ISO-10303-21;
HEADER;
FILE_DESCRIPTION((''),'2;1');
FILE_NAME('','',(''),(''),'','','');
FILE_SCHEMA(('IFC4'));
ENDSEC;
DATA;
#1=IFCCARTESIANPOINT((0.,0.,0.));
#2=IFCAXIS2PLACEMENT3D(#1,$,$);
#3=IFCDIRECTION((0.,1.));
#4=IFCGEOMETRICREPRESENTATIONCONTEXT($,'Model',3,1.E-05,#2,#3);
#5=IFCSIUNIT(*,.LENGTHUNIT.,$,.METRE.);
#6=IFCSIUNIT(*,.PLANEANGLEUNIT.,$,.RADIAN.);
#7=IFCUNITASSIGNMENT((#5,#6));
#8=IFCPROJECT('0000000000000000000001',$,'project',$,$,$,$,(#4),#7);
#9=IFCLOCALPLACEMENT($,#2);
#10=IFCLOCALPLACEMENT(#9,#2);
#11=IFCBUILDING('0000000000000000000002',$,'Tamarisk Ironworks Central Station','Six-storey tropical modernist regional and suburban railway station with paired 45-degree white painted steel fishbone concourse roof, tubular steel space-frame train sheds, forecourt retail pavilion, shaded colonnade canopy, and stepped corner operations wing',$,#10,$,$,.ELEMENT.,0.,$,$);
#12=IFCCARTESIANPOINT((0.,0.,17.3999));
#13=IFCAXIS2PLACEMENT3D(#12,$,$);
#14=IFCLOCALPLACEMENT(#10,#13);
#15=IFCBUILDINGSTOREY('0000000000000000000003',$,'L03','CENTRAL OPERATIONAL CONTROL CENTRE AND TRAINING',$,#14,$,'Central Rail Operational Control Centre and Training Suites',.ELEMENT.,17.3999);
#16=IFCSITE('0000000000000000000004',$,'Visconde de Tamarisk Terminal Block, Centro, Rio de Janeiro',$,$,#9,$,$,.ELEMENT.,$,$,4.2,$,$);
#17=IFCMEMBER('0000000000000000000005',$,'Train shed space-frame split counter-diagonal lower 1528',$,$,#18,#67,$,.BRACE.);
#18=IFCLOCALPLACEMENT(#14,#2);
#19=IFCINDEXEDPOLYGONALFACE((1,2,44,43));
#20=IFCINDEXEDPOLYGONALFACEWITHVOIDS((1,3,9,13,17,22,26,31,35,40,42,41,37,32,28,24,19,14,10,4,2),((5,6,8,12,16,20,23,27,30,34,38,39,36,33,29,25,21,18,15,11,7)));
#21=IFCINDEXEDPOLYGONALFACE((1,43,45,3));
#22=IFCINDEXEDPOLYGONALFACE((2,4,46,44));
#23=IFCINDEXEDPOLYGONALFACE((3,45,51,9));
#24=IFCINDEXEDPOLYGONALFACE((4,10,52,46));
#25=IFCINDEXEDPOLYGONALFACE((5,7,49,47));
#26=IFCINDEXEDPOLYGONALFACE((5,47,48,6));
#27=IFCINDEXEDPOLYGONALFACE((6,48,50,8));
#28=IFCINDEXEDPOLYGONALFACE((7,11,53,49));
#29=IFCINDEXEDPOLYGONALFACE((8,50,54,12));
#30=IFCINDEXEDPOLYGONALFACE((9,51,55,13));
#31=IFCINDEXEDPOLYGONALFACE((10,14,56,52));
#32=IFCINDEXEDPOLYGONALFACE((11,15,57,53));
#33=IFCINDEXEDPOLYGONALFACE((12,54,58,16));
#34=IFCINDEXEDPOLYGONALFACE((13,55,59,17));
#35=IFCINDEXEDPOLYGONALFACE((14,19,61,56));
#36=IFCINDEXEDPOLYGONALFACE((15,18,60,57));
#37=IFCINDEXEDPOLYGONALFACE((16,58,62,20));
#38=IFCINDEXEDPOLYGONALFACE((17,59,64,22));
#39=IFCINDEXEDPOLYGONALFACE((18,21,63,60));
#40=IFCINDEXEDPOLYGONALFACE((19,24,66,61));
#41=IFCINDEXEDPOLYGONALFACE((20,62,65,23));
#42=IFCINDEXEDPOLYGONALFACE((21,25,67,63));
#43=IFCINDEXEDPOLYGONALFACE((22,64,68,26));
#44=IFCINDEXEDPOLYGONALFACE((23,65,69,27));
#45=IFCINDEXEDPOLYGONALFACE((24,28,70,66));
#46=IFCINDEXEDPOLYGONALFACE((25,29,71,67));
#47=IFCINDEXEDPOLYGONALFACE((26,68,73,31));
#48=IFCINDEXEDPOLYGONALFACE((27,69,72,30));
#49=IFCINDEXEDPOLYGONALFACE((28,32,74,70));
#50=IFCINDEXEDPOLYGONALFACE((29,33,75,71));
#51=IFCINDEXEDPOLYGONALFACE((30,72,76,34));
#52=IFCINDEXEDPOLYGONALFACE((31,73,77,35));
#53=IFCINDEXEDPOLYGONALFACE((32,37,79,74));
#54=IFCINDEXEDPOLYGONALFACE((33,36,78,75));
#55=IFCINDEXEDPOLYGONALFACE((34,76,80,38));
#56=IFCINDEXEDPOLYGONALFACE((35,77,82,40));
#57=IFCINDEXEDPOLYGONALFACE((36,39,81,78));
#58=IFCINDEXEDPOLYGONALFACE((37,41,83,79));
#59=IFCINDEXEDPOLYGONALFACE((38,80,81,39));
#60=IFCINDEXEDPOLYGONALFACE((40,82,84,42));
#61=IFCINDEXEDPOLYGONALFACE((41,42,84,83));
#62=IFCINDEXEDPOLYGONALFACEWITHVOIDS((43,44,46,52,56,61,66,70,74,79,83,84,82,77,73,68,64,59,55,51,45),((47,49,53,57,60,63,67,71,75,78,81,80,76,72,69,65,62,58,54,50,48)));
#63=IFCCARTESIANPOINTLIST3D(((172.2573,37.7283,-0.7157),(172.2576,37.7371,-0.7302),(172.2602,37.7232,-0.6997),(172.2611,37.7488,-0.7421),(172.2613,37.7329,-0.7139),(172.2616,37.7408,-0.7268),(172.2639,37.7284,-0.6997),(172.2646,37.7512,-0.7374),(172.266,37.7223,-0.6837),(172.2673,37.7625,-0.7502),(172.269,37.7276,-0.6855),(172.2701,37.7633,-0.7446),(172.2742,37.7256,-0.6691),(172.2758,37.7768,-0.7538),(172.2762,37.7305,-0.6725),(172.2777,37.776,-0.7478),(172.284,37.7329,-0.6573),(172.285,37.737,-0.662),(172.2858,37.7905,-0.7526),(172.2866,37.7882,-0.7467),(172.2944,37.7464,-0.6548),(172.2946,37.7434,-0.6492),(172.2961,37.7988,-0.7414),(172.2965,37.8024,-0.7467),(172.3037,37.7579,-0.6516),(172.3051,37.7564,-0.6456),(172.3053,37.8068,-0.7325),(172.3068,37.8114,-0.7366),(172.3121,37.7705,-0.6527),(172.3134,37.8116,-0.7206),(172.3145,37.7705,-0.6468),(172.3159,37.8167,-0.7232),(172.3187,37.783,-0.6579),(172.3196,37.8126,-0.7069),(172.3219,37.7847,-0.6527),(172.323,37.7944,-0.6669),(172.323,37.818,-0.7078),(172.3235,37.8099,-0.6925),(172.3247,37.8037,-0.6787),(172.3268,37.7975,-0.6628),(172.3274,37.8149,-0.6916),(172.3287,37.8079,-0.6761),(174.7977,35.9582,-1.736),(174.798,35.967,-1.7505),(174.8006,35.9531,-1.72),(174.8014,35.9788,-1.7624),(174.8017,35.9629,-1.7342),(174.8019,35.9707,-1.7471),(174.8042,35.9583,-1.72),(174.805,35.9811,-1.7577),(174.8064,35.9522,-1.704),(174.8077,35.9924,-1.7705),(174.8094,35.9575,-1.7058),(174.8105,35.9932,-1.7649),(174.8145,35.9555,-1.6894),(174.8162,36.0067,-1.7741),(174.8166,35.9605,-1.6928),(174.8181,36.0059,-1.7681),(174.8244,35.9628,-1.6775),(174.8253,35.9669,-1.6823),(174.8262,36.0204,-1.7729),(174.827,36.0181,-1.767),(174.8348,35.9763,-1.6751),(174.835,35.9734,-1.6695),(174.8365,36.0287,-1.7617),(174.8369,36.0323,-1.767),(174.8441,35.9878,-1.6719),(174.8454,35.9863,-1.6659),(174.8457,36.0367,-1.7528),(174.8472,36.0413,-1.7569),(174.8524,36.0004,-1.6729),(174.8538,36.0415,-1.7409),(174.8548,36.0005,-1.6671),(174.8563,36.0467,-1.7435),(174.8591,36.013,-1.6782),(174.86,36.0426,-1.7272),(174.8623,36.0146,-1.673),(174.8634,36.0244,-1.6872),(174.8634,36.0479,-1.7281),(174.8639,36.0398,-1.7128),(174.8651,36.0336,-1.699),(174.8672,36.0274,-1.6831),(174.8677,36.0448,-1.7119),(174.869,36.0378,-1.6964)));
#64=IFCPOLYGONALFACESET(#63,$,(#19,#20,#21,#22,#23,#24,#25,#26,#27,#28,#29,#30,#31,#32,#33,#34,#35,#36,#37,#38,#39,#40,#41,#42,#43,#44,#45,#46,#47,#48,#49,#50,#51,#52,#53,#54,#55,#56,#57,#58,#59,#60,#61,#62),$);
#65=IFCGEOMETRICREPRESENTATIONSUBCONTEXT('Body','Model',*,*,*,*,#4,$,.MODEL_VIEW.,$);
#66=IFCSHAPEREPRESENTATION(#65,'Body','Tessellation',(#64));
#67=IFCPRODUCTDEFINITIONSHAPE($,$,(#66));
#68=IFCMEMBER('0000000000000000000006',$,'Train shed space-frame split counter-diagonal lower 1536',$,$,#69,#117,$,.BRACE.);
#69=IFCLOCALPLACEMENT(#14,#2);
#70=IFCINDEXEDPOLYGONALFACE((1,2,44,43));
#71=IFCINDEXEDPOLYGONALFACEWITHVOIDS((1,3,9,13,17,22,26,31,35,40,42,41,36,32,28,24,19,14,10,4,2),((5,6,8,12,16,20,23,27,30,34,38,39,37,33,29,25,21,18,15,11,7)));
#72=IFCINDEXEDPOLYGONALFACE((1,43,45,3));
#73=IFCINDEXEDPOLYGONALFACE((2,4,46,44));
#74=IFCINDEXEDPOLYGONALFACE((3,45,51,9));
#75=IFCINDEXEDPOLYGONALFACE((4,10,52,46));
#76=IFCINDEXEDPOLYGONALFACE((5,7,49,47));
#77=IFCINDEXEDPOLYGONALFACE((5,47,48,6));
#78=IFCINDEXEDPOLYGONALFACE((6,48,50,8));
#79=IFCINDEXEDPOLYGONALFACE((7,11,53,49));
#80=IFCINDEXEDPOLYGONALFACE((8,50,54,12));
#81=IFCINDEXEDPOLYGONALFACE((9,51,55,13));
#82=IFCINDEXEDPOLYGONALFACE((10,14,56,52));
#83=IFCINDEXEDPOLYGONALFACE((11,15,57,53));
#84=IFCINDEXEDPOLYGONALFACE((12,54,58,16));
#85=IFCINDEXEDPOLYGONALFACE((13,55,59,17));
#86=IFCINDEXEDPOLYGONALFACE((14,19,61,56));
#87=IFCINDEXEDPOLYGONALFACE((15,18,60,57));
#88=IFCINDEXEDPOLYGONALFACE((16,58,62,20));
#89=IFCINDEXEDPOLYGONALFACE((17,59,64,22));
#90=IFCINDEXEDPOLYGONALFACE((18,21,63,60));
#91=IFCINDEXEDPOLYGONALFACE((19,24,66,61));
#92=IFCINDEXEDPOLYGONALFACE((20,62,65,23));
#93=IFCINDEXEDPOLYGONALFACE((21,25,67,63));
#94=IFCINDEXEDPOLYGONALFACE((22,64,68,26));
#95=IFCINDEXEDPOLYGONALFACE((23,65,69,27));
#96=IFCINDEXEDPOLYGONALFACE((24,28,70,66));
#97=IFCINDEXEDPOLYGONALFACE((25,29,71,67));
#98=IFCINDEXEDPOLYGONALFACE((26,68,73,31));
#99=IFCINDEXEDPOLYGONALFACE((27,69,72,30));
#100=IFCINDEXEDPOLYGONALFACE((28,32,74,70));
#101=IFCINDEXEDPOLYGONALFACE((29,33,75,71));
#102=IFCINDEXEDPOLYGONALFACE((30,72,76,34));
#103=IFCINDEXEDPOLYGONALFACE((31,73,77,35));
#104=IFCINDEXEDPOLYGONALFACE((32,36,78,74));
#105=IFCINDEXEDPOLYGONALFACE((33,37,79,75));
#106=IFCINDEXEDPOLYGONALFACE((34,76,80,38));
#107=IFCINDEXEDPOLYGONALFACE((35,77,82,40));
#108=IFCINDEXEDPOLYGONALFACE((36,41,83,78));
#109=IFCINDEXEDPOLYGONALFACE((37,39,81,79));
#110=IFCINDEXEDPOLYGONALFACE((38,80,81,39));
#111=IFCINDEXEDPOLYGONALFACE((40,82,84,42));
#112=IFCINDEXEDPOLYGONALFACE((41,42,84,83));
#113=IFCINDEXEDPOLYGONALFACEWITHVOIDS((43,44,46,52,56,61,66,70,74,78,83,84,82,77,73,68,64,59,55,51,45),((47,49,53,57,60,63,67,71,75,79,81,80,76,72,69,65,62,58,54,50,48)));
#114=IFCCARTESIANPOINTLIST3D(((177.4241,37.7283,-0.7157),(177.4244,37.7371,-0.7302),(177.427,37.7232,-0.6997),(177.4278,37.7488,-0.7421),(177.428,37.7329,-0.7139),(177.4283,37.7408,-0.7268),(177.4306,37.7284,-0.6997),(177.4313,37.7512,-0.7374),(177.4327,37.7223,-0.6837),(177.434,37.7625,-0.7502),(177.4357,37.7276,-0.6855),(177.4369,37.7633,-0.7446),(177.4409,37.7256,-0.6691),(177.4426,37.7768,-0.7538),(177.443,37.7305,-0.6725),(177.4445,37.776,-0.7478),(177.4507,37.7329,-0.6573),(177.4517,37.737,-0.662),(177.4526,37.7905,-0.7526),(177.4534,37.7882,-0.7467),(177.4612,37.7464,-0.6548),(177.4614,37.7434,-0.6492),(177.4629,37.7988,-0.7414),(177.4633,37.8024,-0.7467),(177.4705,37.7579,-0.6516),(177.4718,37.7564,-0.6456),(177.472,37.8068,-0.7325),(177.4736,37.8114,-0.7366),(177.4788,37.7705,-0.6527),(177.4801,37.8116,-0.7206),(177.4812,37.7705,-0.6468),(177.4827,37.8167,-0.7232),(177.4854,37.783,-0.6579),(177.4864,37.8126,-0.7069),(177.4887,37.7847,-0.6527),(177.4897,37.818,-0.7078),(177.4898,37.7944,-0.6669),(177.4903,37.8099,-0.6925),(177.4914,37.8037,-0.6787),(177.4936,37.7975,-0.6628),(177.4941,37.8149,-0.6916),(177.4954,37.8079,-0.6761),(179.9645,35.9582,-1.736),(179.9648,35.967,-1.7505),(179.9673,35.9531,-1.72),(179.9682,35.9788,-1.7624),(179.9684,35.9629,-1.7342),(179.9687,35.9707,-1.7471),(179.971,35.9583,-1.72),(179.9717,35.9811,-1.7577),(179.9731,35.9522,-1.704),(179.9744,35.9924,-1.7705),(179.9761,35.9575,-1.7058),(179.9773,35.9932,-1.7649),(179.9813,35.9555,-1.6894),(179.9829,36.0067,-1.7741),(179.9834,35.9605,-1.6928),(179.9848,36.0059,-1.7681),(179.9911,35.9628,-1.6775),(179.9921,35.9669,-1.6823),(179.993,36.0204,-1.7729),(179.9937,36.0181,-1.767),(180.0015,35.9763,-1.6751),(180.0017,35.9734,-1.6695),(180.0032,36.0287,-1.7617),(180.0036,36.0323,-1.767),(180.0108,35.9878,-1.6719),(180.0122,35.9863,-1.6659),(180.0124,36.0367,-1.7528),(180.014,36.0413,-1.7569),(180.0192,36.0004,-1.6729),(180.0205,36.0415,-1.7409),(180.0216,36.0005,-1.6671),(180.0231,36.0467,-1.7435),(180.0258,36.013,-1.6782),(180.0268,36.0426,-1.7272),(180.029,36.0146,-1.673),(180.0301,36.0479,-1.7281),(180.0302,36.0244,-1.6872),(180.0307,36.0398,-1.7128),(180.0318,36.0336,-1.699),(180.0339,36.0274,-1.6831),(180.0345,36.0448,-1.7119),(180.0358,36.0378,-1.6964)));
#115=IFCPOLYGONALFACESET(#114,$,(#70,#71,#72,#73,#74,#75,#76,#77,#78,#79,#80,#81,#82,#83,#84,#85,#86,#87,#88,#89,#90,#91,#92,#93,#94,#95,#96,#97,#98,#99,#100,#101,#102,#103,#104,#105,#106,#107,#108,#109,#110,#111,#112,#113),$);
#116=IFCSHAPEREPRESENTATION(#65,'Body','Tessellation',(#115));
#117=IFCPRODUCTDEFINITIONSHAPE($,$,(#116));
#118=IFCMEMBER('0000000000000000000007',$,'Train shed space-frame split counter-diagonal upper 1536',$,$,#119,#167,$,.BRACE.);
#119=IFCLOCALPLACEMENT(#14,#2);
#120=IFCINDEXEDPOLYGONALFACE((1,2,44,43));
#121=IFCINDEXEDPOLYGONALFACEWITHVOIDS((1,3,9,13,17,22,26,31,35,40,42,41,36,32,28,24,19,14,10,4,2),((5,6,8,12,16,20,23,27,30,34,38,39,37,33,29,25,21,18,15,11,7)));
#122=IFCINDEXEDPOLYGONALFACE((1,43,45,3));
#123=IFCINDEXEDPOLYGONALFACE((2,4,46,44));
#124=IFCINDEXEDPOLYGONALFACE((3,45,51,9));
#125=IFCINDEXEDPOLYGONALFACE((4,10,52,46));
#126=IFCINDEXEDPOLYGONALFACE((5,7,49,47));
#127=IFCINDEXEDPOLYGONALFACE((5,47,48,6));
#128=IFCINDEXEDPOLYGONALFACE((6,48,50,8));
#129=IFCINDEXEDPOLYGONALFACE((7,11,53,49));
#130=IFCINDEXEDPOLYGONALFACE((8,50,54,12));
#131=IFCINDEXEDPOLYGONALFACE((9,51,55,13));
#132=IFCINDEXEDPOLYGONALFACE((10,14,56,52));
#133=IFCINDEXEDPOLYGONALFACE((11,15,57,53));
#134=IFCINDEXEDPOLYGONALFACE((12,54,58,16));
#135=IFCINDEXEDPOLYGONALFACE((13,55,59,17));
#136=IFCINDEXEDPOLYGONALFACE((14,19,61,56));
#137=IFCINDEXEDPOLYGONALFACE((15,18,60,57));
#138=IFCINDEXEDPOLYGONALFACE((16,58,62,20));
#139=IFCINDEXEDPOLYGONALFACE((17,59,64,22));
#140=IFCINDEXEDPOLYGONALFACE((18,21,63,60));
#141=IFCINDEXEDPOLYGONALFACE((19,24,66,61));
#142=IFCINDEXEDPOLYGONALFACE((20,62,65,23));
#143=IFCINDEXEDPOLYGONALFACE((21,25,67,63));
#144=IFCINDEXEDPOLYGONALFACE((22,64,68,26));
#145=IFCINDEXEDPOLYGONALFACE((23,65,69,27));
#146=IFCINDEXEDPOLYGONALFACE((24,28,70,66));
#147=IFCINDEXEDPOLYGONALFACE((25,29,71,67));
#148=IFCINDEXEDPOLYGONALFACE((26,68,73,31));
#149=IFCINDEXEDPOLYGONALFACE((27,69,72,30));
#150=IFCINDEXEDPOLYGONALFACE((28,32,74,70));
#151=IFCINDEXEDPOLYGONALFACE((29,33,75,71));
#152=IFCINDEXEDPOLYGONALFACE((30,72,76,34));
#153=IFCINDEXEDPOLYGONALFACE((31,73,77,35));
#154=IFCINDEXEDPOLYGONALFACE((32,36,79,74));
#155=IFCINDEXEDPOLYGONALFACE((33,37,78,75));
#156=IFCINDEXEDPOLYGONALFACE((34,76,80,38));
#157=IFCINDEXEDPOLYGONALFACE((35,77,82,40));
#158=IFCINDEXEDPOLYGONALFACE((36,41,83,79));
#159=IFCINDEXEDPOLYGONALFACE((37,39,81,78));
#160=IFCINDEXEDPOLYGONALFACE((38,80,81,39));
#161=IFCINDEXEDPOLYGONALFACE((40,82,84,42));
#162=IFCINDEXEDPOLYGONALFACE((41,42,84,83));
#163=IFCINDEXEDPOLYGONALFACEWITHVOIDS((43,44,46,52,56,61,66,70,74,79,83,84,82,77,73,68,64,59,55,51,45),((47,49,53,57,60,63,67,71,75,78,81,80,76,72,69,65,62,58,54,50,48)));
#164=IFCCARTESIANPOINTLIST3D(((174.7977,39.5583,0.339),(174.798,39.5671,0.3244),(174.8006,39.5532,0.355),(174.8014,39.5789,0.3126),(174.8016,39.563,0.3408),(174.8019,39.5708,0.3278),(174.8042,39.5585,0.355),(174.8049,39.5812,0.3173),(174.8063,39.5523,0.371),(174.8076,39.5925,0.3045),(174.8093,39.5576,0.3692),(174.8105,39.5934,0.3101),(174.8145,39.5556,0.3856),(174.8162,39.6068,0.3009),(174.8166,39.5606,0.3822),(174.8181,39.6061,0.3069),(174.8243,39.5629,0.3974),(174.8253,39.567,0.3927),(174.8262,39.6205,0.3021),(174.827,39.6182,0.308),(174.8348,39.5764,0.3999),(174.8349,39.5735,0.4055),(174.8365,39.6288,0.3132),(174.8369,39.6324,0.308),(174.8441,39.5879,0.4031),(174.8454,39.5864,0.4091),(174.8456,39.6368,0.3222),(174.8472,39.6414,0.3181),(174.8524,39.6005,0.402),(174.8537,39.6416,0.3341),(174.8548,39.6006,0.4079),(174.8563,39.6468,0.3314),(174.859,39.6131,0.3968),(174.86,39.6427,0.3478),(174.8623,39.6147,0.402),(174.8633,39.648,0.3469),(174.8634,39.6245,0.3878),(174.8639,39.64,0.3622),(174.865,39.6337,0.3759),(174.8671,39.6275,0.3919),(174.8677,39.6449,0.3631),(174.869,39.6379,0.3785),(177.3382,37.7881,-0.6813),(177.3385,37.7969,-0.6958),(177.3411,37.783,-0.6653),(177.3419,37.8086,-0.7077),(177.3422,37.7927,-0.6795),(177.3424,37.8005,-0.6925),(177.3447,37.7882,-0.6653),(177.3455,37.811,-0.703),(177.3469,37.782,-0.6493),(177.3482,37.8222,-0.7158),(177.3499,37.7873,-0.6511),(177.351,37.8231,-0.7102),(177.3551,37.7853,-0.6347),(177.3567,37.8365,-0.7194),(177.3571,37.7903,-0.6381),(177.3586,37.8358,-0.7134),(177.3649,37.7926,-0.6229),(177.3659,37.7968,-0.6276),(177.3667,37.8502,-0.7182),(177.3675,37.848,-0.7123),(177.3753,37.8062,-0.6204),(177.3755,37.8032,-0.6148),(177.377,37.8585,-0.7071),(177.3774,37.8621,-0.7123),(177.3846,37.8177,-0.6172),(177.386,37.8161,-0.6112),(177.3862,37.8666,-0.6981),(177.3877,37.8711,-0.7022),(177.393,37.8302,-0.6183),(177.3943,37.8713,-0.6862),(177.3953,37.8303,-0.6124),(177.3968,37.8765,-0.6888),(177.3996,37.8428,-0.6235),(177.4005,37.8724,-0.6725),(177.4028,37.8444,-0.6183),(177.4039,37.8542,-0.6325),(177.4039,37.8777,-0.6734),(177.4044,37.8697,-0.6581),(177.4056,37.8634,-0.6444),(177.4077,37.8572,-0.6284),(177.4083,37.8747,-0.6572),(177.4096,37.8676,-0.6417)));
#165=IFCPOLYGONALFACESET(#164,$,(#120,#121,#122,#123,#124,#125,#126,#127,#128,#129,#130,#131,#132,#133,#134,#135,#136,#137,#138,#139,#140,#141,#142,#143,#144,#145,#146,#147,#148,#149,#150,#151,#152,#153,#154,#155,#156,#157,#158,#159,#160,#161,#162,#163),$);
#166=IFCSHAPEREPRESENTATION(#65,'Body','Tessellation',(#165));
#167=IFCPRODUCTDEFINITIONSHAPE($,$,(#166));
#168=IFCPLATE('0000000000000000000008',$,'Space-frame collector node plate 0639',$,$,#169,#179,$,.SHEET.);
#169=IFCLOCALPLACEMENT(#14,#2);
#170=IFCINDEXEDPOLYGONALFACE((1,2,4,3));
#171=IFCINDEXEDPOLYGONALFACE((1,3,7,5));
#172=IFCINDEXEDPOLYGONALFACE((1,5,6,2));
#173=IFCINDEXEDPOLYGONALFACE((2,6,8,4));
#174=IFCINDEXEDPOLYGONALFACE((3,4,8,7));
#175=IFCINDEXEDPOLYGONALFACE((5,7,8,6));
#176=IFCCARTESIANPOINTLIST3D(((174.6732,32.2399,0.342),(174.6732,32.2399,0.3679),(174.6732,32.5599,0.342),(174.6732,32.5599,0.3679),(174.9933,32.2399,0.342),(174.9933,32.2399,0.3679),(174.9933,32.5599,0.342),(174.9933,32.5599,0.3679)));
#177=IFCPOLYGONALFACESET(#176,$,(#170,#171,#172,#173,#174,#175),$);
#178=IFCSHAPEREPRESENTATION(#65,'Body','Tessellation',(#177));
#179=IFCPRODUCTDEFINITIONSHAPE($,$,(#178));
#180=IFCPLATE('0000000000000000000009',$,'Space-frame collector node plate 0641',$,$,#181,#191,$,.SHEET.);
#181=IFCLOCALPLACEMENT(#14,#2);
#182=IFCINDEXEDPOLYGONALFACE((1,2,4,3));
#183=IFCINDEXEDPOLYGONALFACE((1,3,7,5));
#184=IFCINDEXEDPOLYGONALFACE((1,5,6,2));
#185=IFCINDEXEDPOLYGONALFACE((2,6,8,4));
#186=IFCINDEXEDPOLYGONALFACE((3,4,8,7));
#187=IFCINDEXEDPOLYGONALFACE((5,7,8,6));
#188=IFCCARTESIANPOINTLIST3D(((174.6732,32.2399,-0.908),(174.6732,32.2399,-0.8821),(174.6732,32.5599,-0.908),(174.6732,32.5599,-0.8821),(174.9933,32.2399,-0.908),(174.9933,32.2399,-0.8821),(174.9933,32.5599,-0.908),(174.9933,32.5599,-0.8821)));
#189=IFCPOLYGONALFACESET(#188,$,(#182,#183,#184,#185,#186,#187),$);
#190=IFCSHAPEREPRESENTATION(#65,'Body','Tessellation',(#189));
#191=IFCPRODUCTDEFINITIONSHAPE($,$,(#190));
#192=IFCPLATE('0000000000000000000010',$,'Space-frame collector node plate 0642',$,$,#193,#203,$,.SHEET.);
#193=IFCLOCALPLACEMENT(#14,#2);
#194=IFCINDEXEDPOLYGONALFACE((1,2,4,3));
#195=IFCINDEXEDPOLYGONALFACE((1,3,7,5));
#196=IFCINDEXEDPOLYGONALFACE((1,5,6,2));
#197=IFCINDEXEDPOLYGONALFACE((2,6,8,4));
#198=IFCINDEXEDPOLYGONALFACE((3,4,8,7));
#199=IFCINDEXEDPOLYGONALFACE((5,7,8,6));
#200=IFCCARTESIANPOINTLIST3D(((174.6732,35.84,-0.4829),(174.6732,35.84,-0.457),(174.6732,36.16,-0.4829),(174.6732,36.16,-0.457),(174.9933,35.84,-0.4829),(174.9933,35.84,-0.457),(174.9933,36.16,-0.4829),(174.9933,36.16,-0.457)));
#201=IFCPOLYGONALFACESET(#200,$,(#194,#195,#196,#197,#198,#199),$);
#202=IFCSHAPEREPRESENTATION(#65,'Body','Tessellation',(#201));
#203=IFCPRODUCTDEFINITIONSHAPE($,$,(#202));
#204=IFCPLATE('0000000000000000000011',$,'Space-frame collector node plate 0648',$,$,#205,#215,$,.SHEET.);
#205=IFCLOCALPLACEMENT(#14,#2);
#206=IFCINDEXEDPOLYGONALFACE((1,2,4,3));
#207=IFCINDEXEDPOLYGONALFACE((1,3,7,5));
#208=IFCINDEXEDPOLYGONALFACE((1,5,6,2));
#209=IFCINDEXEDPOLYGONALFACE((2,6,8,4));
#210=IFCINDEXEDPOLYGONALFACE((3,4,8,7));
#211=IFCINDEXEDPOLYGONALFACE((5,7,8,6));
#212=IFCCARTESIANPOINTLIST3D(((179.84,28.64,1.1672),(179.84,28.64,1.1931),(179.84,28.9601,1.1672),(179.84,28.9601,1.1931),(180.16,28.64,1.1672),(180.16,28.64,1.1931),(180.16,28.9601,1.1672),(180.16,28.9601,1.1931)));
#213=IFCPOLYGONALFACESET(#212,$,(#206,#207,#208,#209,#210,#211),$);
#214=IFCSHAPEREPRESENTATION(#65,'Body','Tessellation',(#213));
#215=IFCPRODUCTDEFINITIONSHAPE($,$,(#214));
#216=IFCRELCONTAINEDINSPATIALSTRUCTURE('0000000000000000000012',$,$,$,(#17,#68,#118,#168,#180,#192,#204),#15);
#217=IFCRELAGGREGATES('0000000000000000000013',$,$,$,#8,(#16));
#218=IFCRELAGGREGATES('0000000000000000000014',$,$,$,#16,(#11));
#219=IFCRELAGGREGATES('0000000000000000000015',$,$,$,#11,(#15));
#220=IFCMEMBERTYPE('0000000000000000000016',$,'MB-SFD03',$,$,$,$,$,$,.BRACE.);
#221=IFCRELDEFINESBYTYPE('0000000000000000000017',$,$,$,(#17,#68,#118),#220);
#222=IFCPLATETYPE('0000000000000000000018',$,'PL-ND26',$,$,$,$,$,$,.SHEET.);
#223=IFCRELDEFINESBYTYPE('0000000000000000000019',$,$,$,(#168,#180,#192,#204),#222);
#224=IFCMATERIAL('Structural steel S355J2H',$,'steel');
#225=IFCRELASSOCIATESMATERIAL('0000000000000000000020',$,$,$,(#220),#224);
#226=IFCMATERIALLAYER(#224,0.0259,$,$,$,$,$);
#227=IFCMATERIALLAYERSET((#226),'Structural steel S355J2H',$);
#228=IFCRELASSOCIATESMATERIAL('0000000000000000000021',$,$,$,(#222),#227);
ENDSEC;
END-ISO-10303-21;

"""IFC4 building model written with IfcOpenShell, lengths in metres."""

from ifc_helpers import new_model, si_unit, direction, frame, origin, origin_2d, place, context, subcontext, project, spatial, rectangle, hollow_circle, extrude, material, layer, layer_set, material_profile, profile_set, type_object, element, save


model = new_model("IFC4")

# Units and contexts
model_context = context("Model", 3, precision=1e-05, world=origin(), true_north=direction((0.0, 1.0)))
body_context = subcontext(model_context, "Body", "Model", "MODEL_VIEW")
ifc_project = project(units=[si_unit("LENGTHUNIT", "METRE"), si_unit("PLANEANGLEUNIT", "RADIAN")], contexts=[model_context])

# Site, building, storey
site_placement = place(None, origin())
site = spatial("IfcSite", under=ifc_project, at=site_placement, Name="Visconde de Tamarisk Terminal Block, Centro, Rio de Janeiro", CompositionType="ELEMENT", RefElevation=4.2)
building_placement = place(site_placement, origin())
building = spatial("IfcBuilding", under=site, at=building_placement, Name="Tamarisk Ironworks Central Station", Description="Six-storey tropical modernist regional and suburban railway station with paired 45-degree white painted steel fishbone concourse roof, tubular steel space-frame train sheds, forecourt retail pavilion, shaded colonnade canopy, and stepped corner operations wing", CompositionType="ELEMENT", ElevationOfRefHeight=0.0)
storey_placement = place(building_placement, frame((0.0, 0.0, 17.3999)))
storey = spatial("IfcBuildingStorey", under=building, at=storey_placement, Name="L03", Description="CENTRAL OPERATIONAL CONTROL CENTRE AND TRAINING", LongName="Central Rail Operational Control Centre and Training Suites", CompositionType="ELEMENT", Elevation=17.3999)

# Members
ifc_material_1 = material(Name="Structural steel S355J2H", Category="steel")
ifc_material_profile_1 = material_profile(ifc_material_1, hollow_circle(Radius=0.0571, WallThickness=0.0063, at=origin_2d()), Name="CHS 114.3x6.3")
ifc_profile_set_1 = profile_set([ifc_material_profile_1], Name="Structural steel S355J2H")
member_type_1 = type_object("IfcMemberType", Name="MB-SFD03", PredefinedType="BRACE", material=ifc_profile_set_1)
for number, where, z_axis, x_axis, name in (
    (1, (174.8333, 36.0, -1.72), (-0.779252, 0.542967, 0.312974), (-0.571688, -0.820471, 0.0), "Train shed space-frame split counter-diagonal lower 1528"),
    (2, (180.0, 36.0, -1.72), (-0.779252, 0.542967, 0.312974), (-0.571688, -0.820471, 0.0), "Train shed space-frame split counter-diagonal lower 1536"),
):
    element("IfcMember", number, at=place(storey_placement, frame(where, z_axis=z_axis, x_axis=x_axis)), inside=storey, type_object=member_type_1, Name=name, PredefinedType="BRACE", context=body_context, shape_type="SweptSolid", body=[
        extrude(hollow_circle(Radius=0.0571, WallThickness=0.0063, at=origin_2d()), origin(), (0.0, 0.0, 1.0), 3.26),
    ])
member_1_placement = place(storey_placement, frame((177.3738, 37.8298, -0.6653), z_axis=(-0.77925, 0.542989, 0.312943), x_axis=(-0.571704, -0.82046, 0.0)))
element("IfcMember", 3, at=member_1_placement, inside=storey, type_object=member_type_1, Name="Train shed space-frame split counter-diagonal upper 1536", PredefinedType="BRACE", context=body_context, shape_type="SweptSolid", body=[
    extrude(hollow_circle(Radius=0.0571, WallThickness=0.0063, at=origin_2d()), origin(), (0.0, 0.0, 1.0), 3.2603),
])

# Plates
ifc_layer = layer(ifc_material_1, 0.0259)
ifc_layer_set = layer_set([ifc_layer], Name="Structural steel S355J2H")
plate_type = type_object("IfcPlateType", Name="PL-ND26", PredefinedType="SHEET", material=ifc_layer_set)
for number, where, z_axis, x_axis, name in (
    (4, (174.8333, 32.3999, 0.342), (0.0, 0.0, 1.0), (1.0, 0.0, 0.0), "Space-frame collector node plate 0639"),
    (5, (174.8333, 32.3999, -0.908), (0.0, 0.0, 1.0), (1.0, 0.0, 0.0), "Space-frame collector node plate 0641"),
    (6, (174.8333, 36.0, -0.4829), (0.0, 0.0, 1.0), (1.0, 0.0, 0.0), "Space-frame collector node plate 0642"),
    (7, (180.0, 28.8, 1.1672), (0.0, 0.0, 1.0), (1.0, 0.0, 0.0), "Space-frame collector node plate 0648"),
):
    element("IfcPlate", number, at=place(storey_placement, frame(where, z_axis=z_axis, x_axis=x_axis)), inside=storey, type_object=plate_type, Name=name, PredefinedType="SHEET", context=body_context, shape_type="SweptSolid", body=[
        extrude(rectangle(XDim=0.3201, YDim=0.3201, at=origin_2d()), origin(), (0.0, 0.0, 1.0), 0.0259),
    ])

save(model, "model.ifc")
